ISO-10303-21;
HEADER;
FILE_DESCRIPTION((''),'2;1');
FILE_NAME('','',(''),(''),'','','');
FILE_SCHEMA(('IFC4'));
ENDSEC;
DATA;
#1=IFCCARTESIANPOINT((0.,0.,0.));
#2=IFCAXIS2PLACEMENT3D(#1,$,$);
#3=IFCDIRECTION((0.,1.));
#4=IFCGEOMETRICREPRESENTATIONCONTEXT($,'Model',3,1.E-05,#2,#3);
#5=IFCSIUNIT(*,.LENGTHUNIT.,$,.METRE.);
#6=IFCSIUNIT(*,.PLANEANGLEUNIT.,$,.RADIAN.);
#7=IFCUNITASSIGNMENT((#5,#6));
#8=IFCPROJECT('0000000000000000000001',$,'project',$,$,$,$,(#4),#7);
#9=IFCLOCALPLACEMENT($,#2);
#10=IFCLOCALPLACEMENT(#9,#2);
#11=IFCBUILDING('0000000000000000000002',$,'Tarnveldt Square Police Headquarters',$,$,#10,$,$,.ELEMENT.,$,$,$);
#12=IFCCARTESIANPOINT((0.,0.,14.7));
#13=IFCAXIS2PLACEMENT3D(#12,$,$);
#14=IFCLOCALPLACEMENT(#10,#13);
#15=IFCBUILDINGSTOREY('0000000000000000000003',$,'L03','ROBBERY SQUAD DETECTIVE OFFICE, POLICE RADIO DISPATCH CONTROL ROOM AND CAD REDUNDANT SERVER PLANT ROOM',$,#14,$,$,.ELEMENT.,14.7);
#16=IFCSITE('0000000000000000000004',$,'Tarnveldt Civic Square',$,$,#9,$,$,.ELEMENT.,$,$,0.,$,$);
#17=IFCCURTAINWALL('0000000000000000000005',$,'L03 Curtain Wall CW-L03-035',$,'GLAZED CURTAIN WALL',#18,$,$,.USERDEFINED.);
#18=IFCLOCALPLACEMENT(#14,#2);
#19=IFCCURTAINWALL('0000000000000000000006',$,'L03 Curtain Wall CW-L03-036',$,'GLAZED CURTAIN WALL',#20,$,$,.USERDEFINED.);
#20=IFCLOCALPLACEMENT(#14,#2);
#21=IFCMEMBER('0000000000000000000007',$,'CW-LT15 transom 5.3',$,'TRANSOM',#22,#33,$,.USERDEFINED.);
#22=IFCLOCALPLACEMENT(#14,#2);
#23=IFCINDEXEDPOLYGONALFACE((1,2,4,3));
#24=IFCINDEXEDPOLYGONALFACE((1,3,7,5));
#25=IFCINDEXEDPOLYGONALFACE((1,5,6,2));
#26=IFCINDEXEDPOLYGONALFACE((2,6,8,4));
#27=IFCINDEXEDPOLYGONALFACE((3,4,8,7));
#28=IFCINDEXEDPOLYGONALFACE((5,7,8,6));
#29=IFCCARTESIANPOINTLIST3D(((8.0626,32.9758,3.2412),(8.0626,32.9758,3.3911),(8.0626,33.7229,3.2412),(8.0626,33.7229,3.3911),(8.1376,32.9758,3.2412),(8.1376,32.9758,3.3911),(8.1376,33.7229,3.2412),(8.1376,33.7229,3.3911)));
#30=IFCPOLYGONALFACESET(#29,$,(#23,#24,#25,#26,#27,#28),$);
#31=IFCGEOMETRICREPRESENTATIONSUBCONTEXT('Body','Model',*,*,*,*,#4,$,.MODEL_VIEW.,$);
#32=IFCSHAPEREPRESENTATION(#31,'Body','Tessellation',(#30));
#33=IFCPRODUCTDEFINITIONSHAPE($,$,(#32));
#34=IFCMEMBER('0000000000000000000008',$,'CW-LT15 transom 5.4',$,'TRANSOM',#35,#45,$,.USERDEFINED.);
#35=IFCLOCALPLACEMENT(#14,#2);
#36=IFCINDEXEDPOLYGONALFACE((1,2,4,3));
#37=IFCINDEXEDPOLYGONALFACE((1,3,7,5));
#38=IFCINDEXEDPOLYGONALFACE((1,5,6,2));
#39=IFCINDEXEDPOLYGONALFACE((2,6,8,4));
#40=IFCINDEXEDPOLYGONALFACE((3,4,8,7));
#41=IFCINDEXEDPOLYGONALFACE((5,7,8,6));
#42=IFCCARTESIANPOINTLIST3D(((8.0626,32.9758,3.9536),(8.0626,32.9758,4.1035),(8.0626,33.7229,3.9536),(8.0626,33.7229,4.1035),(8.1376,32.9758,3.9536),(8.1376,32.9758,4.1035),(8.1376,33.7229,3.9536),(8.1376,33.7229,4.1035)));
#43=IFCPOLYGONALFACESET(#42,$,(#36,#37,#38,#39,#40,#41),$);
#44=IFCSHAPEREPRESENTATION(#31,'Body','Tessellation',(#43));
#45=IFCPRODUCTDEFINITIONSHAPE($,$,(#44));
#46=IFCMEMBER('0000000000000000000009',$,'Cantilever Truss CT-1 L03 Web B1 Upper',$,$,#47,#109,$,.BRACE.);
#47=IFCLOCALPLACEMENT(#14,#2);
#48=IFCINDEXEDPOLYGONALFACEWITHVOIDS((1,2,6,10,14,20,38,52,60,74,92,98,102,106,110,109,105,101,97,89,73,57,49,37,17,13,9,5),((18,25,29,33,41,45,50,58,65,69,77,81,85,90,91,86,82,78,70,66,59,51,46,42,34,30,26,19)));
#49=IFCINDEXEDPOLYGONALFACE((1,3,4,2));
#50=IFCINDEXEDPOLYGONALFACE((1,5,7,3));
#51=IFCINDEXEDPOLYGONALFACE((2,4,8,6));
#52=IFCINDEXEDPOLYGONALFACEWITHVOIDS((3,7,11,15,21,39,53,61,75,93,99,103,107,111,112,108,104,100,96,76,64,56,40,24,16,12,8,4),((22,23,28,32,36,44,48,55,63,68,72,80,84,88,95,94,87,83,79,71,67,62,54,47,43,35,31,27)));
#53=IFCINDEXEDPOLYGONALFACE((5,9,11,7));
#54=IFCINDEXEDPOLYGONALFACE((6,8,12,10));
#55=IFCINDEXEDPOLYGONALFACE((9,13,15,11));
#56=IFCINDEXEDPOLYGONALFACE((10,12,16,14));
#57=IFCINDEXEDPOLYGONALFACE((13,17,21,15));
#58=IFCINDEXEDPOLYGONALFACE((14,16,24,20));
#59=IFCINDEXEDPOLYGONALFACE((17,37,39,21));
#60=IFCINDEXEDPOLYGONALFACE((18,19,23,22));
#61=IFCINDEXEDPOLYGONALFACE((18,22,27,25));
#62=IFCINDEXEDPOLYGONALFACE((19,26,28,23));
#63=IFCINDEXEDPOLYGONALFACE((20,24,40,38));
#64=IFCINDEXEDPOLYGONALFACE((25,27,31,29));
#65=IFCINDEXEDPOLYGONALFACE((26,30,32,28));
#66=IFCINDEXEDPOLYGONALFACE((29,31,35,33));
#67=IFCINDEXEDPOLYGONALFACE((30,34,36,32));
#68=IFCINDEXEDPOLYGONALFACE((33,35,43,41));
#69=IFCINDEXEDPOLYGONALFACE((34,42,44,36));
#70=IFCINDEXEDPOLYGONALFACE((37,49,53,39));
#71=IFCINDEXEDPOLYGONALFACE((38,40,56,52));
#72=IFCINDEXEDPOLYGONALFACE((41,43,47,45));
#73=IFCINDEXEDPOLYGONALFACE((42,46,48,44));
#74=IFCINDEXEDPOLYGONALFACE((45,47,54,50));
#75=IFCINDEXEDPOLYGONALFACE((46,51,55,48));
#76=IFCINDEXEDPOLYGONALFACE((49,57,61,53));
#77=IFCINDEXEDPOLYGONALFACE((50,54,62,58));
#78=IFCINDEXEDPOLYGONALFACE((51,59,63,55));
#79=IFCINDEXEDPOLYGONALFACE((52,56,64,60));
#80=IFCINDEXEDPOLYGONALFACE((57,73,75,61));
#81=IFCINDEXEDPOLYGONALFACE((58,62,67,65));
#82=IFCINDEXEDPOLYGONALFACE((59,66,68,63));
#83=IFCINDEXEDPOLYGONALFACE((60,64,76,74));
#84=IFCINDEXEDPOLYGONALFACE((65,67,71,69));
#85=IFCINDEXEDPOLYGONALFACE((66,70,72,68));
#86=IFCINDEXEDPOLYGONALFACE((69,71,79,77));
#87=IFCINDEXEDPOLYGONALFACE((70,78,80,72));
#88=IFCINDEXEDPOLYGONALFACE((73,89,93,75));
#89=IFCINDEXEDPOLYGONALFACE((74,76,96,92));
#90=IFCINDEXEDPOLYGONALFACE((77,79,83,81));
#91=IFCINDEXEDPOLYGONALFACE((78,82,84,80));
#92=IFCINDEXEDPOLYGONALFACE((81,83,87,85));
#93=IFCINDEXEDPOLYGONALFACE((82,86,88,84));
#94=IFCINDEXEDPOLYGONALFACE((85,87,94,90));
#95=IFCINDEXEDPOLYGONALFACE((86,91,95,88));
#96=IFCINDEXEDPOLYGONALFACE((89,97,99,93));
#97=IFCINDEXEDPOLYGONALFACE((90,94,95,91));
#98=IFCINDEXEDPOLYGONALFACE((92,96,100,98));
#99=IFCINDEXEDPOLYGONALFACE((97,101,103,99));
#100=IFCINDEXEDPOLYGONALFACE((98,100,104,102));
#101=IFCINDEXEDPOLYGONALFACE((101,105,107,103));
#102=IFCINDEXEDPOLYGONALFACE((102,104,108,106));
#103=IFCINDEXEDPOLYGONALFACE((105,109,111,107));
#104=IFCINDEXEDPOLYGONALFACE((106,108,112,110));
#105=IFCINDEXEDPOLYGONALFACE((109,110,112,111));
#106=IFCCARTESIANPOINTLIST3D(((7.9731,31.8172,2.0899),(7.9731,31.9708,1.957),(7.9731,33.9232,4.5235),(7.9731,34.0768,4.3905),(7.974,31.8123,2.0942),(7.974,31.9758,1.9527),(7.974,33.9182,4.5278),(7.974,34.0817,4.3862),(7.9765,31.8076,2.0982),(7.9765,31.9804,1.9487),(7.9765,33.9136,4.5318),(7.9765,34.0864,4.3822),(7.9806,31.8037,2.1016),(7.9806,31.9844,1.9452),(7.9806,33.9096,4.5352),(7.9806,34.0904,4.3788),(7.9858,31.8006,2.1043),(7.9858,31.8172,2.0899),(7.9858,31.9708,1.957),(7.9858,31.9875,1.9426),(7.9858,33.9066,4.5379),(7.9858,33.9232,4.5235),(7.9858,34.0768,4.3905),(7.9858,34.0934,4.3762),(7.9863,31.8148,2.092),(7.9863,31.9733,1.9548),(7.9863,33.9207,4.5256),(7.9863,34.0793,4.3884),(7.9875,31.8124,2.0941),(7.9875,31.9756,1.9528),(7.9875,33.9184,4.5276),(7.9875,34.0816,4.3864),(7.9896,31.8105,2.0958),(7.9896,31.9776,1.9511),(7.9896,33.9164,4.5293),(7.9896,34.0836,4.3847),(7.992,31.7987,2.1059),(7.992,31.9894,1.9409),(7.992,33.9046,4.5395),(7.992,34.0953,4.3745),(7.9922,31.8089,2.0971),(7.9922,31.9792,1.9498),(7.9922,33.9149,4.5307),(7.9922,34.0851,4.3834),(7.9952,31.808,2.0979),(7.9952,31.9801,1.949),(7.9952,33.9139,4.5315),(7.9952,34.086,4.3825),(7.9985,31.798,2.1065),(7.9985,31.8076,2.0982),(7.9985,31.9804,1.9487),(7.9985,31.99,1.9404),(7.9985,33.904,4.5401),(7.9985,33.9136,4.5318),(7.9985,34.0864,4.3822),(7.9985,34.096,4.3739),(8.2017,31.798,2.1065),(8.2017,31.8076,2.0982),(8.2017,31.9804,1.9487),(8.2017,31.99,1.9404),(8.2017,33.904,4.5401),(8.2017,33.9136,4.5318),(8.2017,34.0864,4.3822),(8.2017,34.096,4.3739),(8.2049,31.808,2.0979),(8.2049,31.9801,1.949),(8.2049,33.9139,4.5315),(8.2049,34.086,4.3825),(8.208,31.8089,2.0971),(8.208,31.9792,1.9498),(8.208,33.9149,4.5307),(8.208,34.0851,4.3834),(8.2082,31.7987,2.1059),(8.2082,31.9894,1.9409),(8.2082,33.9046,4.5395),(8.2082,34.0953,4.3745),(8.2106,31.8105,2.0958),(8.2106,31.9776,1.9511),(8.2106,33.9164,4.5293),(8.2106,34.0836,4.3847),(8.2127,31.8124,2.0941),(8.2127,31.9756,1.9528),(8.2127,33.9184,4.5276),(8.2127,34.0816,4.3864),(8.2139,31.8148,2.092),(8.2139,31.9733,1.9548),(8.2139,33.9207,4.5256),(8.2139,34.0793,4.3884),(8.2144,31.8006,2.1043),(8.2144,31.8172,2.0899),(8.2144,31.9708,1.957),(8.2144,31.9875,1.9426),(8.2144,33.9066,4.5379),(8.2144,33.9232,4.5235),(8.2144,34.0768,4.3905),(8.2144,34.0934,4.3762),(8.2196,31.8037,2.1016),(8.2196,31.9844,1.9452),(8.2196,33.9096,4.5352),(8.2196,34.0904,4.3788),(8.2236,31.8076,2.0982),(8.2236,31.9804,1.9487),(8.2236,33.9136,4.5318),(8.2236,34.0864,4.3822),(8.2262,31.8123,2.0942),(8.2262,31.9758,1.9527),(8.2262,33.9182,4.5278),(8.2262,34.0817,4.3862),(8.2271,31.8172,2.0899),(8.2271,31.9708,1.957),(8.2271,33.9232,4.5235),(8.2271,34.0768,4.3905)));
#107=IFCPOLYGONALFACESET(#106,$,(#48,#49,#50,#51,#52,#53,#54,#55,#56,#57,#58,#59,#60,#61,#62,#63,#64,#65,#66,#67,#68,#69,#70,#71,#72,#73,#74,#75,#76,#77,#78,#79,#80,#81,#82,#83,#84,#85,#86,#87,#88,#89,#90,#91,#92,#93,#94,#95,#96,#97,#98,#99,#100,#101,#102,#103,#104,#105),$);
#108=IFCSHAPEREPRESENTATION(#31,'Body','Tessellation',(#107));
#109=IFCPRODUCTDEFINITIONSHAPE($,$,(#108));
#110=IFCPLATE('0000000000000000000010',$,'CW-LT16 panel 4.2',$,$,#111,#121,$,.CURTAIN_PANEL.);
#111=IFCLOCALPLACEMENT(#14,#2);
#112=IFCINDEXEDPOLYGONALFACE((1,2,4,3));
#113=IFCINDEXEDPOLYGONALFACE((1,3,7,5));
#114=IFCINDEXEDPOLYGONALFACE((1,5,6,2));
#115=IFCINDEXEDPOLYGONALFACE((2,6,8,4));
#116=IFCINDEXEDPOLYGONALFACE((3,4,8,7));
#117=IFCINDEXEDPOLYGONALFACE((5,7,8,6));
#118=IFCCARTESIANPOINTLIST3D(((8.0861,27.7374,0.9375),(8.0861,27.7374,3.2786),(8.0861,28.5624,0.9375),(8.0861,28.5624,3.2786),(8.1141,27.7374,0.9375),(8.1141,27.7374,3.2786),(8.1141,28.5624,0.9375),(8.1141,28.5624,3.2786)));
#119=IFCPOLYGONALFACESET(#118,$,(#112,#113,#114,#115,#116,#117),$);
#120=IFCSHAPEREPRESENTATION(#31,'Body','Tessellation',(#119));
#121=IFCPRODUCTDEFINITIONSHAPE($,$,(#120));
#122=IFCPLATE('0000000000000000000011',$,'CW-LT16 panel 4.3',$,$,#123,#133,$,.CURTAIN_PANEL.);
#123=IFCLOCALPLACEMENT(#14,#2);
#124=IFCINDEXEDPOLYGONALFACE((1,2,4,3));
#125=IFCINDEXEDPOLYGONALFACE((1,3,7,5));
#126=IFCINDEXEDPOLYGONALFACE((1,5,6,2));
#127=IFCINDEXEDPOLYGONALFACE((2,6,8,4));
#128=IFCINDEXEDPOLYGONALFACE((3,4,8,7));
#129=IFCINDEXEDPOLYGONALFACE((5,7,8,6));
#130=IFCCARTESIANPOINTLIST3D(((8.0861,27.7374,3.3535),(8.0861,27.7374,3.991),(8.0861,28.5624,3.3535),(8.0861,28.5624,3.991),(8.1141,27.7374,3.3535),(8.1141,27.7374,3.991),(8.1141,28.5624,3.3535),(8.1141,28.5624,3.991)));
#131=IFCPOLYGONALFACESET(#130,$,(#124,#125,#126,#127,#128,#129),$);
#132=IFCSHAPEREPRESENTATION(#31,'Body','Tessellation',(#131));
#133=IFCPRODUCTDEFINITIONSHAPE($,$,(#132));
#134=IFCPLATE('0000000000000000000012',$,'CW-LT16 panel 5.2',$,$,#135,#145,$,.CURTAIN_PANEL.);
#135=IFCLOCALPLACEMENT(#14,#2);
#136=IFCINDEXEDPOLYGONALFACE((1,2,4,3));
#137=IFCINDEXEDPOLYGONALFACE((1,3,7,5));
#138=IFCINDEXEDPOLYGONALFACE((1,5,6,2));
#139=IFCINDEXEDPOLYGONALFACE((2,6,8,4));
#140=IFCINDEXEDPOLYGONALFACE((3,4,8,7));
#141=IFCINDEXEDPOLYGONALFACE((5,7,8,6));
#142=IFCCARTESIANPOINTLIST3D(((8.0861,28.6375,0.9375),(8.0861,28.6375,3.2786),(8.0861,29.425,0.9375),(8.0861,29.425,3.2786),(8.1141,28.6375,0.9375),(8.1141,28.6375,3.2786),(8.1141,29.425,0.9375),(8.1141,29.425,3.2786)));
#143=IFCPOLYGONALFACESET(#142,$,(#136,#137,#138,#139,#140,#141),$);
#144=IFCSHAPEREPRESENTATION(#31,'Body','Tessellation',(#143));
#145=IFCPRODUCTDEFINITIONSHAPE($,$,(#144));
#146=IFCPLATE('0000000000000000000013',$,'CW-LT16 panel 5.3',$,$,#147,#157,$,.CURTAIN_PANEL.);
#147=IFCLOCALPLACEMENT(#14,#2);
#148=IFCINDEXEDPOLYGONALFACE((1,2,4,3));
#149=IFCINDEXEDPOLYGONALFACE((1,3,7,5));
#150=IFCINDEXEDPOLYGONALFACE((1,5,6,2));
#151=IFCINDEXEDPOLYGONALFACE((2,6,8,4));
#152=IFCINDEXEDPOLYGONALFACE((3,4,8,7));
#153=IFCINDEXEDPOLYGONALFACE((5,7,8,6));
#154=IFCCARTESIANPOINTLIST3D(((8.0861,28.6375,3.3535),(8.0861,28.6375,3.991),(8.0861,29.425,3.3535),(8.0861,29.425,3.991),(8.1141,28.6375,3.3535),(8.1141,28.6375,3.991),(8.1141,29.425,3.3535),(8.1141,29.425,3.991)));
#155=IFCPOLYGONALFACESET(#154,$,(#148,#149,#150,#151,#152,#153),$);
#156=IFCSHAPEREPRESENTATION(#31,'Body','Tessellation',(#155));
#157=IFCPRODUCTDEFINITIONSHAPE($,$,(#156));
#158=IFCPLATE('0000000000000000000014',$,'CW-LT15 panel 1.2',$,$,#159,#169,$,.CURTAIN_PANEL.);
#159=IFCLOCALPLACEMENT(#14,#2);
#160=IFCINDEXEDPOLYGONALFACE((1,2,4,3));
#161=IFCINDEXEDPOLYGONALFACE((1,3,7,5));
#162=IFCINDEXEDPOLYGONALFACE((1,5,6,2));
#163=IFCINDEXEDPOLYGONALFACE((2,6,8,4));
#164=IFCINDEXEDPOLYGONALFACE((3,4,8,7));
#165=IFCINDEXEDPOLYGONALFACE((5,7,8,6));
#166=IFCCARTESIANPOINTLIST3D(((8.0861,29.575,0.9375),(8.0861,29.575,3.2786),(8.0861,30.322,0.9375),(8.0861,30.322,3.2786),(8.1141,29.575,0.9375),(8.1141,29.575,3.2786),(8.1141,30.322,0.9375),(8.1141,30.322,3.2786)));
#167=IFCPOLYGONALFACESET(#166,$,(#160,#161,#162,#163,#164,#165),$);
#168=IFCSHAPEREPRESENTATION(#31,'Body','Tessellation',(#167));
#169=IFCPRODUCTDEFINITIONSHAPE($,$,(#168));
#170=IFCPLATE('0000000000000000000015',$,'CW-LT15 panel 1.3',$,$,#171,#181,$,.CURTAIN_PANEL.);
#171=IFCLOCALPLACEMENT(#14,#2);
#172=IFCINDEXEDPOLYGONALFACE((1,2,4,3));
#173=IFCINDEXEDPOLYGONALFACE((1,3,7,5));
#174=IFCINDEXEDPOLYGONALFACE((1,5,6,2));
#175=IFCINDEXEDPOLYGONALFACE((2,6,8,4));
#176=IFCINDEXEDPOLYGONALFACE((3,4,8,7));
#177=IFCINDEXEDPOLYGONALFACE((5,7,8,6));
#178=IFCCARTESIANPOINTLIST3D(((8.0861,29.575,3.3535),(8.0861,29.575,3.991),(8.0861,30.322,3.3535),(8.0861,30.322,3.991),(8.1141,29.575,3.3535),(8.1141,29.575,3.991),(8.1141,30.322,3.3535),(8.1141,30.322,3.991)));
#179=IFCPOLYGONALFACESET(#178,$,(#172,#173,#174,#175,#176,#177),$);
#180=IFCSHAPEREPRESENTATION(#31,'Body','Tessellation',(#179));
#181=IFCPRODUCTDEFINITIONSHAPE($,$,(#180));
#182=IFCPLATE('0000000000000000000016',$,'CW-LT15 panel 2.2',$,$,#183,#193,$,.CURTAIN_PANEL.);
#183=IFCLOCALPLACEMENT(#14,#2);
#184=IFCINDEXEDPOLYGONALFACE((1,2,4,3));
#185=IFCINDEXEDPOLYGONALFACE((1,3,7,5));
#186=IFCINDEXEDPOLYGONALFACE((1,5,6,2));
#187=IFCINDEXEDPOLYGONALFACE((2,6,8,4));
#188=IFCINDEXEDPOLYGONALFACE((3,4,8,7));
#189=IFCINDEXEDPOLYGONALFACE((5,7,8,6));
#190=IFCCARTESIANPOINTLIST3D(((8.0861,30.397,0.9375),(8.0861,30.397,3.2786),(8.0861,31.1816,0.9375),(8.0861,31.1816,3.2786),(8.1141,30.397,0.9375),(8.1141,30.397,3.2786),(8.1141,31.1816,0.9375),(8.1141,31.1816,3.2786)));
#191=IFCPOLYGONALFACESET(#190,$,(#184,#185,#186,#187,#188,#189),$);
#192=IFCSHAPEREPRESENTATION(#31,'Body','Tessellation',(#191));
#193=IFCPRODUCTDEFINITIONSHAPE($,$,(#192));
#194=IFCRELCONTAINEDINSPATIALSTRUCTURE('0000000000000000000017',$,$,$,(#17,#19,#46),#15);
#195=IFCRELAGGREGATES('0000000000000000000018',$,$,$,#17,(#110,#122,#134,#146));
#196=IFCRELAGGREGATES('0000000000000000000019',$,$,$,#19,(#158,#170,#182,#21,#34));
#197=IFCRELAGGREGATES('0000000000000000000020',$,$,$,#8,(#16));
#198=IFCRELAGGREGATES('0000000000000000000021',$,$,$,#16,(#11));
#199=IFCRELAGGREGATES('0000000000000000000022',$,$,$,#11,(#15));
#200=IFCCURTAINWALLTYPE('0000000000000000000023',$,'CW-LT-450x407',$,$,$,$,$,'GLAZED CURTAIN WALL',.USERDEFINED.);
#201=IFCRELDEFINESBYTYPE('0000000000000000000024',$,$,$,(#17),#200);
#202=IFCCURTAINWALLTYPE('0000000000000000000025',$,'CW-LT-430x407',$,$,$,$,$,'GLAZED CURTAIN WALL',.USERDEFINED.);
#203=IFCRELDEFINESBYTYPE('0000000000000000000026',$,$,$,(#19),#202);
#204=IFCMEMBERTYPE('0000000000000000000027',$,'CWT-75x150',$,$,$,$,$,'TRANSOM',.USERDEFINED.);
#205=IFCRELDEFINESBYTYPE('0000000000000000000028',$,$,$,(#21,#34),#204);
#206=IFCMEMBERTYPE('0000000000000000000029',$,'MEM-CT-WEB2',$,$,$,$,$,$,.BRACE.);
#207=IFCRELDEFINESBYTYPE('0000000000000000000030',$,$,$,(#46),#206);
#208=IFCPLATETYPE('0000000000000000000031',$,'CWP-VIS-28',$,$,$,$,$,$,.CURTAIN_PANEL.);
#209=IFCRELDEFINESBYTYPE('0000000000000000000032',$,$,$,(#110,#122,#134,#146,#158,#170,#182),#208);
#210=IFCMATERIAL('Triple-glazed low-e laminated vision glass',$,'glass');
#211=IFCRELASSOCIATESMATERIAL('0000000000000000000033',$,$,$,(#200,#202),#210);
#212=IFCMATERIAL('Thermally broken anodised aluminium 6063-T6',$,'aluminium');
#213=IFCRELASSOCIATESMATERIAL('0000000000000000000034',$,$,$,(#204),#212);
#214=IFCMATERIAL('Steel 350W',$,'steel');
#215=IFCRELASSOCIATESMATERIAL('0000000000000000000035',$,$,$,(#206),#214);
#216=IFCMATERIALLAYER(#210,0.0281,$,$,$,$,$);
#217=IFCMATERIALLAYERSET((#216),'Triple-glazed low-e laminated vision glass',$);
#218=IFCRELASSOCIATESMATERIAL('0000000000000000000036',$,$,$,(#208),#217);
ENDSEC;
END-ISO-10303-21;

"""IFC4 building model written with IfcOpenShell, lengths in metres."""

from ifc_helpers import new_model, si_unit, direction, frame, origin, origin_2d, place, context, subcontext, project, spatial, rectangle, hollow_rectangle, extrude, material, layer, layer_set, material_profile, profile_set, type_object, element, aggregate, save


model = new_model("IFC4")

# Units and contexts
model_context = context("Model", 3, precision=1e-05, world=origin(), true_north=direction((0.0, 1.0)))
body_context = subcontext(model_context, "Body", "Model", "MODEL_VIEW")
ifc_project = project(units=[si_unit("LENGTHUNIT", "METRE"), si_unit("PLANEANGLEUNIT", "RADIAN")], contexts=[model_context])

# Site, building, storey
site_placement = place(None, origin())
site = spatial("IfcSite", under=ifc_project, at=site_placement, Name="Tarnveldt Civic Square", CompositionType="ELEMENT", RefElevation=0.0)
building_placement = place(site_placement, origin())
building = spatial("IfcBuilding", under=site, at=building_placement, Name="Tarnveldt Square Police Headquarters", CompositionType="ELEMENT")
storey_placement = place(building_placement, frame((0.0, 0.0, 14.7)))
storey = spatial("IfcBuildingStorey", under=building, at=storey_placement, Name="L03", Description="ROBBERY SQUAD DETECTIVE OFFICE, POLICE RADIO DISPATCH CONTROL ROOM AND CAD REDUNDANT SERVER PLANT ROOM", CompositionType="ELEMENT", Elevation=14.7)

# Shared definitions
ifc_material_1 = material(Name="Steel 350W", Category="steel")

# Curtain walls, members
ifc_material_2 = material(Name="Triple-glazed low-e laminated vision glass", Category="glass")
curtain_wall_type_1 = type_object("IfcCurtainWallType", Name="CW-LT-450x407", ElementType="GLAZED CURTAIN WALL", PredefinedType="USERDEFINED", material=ifc_material_2)
curtain_wall_1_placement = place(storey_placement, origin())
curtain_wall_1 = element("IfcCurtainWall", 1, at=curtain_wall_1_placement, inside=storey, type_object=curtain_wall_type_1, Name="L03 Curtain Wall CW-L03-035", ObjectType="GLAZED CURTAIN WALL", PredefinedType="USERDEFINED")
ifc_material_3 = material(Name="Thermally broken anodised aluminium 6063-T6", Category="aluminium")
ifc_material_profile_1 = material_profile(ifc_material_3, rectangle(XDim=0.075, YDim=0.1499, at=origin_2d()), Name="CW-T75x150")
ifc_profile_set_1 = profile_set([ifc_material_profile_1], Name="Thermally broken anodised aluminium 6063-T6")
member_type_1 = type_object("IfcMemberType", Name="CWT-75x150", ElementType="TRANSOM", PredefinedType="USERDEFINED", material=ifc_profile_set_1)
curtain_wall_type_2 = type_object("IfcCurtainWallType", Name="CW-LT-430x407", ElementType="GLAZED CURTAIN WALL", PredefinedType="USERDEFINED", material=ifc_material_2)
curtain_wall_2_placement = place(storey_placement, origin())
curtain_wall_2 = element("IfcCurtainWall", 2, at=curtain_wall_2_placement, inside=storey, type_object=curtain_wall_type_2, Name="L03 Curtain Wall CW-L03-036", ObjectType="GLAZED CURTAIN WALL", PredefinedType="USERDEFINED")
member_1_placement = place(storey_placement, frame((8.1001, 32.9758, 3.3162), z_axis=(0.0, 1.0, 0.0), x_axis=(-1.0, 0.0, 0.0)))
member_1 = element("IfcMember", 3, at=member_1_placement, type_object=member_type_1, Name="CW-LT15 transom 5.3", ObjectType="TRANSOM", PredefinedType="USERDEFINED", context=body_context, shape_type="SweptSolid", body=[
    extrude(rectangle(XDim=0.075, YDim=0.1499, at=origin_2d()), origin(), (0.0, 0.0, 1.0), 0.7471),
])
member_2_placement = place(storey_placement, frame((8.1001, 32.9758, 4.0286), z_axis=(0.0, 1.0, 0.0), x_axis=(-1.0, 0.0, 0.0)))
member_2 = element("IfcMember", 4, at=member_2_placement, type_object=member_type_1, Name="CW-LT15 transom 5.4", ObjectType="TRANSOM", PredefinedType="USERDEFINED", context=body_context, shape_type="SweptSolid", body=[
    extrude(rectangle(XDim=0.075, YDim=0.1499, at=origin_2d()), origin(), (0.0, 0.0, 1.0), 0.7471),
])

# Member
ifc_material_profile_2 = material_profile(ifc_material_1, hollow_rectangle(XDim=0.2539, YDim=0.2539, WallThickness=0.0127, InnerFilletRadius=0.0127, OuterFilletRadius=0.0254, at=origin_2d()), Name="HSS254x254x13")
ifc_profile_set_2 = profile_set([ifc_material_profile_2], Name="Steel 350W")
member_type_2 = type_object("IfcMemberType", Name="MEM-CT-WEB2", PredefinedType="BRACE", material=ifc_profile_set_2)
member_3_placement = place(storey_placement, frame((8.1001, 31.894, 2.0234), z_axis=(0.0, 0.65437, 0.756174), x_axis=(-1.0, 0.0, 0.0)))
element("IfcMember", 5, at=member_3_placement, inside=storey, type_object=member_type_2, Name="Cantilever Truss CT-1 L03 Web B1 Upper", PredefinedType="BRACE", context=body_context, shape_type="SweptSolid", body=[
    extrude(hollow_rectangle(XDim=0.2539, YDim=0.2539, WallThickness=0.0127, InnerFilletRadius=0.0127, OuterFilletRadius=0.0254, at=origin_2d()), origin(), (0.0, 0.0, 1.0), 3.2183),
])

# Plates
ifc_layer_1 = layer(ifc_material_2, 0.0281)
ifc_layer_set_1 = layer_set([ifc_layer_1], Name="Triple-glazed low-e laminated vision glass")
plate_type_1 = type_object("IfcPlateType", Name="CWP-VIS-28", PredefinedType="CURTAIN_PANEL", material=ifc_layer_set_1)
plate_1_placement = place(storey_placement, frame((8.1001, 28.1499, 0.9375), z_axis=(0.0, 0.0, 1.0), x_axis=(0.0, 1.0, 0.0)))
plate_1 = element("IfcPlate", 6, at=plate_1_placement, type_object=plate_type_1, Name="CW-LT16 panel 4.2", PredefinedType="CURTAIN_PANEL", context=body_context, shape_type="SweptSolid", body=[
    extrude(rectangle(XDim=0.825, YDim=0.0281, at=origin_2d()), origin(), (0.0, 0.0, 1.0), 2.3411),
])
plate_2_placement = place(storey_placement, frame((8.1001, 28.1499, 3.3535), z_axis=(0.0, 0.0, 1.0), x_axis=(0.0, 1.0, 0.0)))
plate_2 = element("IfcPlate", 7, at=plate_2_placement, type_object=plate_type_1, Name="CW-LT16 panel 4.3", PredefinedType="CURTAIN_PANEL", context=body_context, shape_type="SweptSolid", body=[
    extrude(rectangle(XDim=0.825, YDim=0.0281, at=origin_2d()), origin(), (0.0, 0.0, 1.0), 0.6375),
])
plate_3_placement = place(storey_placement, frame((8.1001, 29.0312, 0.9375), z_axis=(0.0, 0.0, 1.0), x_axis=(0.0, 1.0, 0.0)))
plate_3 = element("IfcPlate", 8, at=plate_3_placement, type_object=plate_type_1, Name="CW-LT16 panel 5.2", PredefinedType="CURTAIN_PANEL", context=body_context, shape_type="SweptSolid", body=[
    extrude(rectangle(XDim=0.7876, YDim=0.0281, at=origin_2d()), origin(), (0.0, 0.0, 1.0), 2.3411),
])
plate_4_placement = place(storey_placement, frame((8.1001, 29.0312, 3.3535), z_axis=(0.0, 0.0, 1.0), x_axis=(0.0, 1.0, 0.0)))
plate_4 = element("IfcPlate", 9, at=plate_4_placement, type_object=plate_type_1, Name="CW-LT16 panel 5.3", PredefinedType="CURTAIN_PANEL", context=body_context, shape_type="SweptSolid", body=[
    extrude(rectangle(XDim=0.7876, YDim=0.0281, at=origin_2d()), origin(), (0.0, 0.0, 1.0), 0.6375),
])
aggregate(curtain_wall_1, [plate_1, plate_2, plate_3, plate_4])
plate_5_placement = place(storey_placement, frame((8.1001, 29.9485, 0.9375), z_axis=(0.0, 0.0, 1.0), x_axis=(0.0, 1.0, 0.0)))
plate_5 = element("IfcPlate", 10, at=plate_5_placement, type_object=plate_type_1, Name="CW-LT15 panel 1.2", PredefinedType="CURTAIN_PANEL", context=body_context, shape_type="SweptSolid", body=[
    extrude(rectangle(XDim=0.7471, YDim=0.0281, at=origin_2d()), origin(), (0.0, 0.0, 1.0), 2.3411),
])
plate_6_placement = place(storey_placement, frame((8.1001, 29.9485, 3.3535), z_axis=(0.0, 0.0, 1.0), x_axis=(0.0, 1.0, 0.0)))
plate_6 = element("IfcPlate", 11, at=plate_6_placement, type_object=plate_type_1, Name="CW-LT15 panel 1.3", PredefinedType="CURTAIN_PANEL", context=body_context, shape_type="SweptSolid", body=[
    extrude(rectangle(XDim=0.7471, YDim=0.0281, at=origin_2d()), origin(), (0.0, 0.0, 1.0), 0.6375),
])
plate_7_placement = place(storey_placement, frame((8.1001, 30.7893, 0.9375), z_axis=(0.0, 0.0, 1.0), x_axis=(0.0, 1.0, 0.0)))
plate_7 = element("IfcPlate", 12, at=plate_7_placement, type_object=plate_type_1, Name="CW-LT15 panel 2.2", PredefinedType="CURTAIN_PANEL", context=body_context, shape_type="SweptSolid", body=[
    extrude(rectangle(XDim=0.7847, YDim=0.0281, at=origin_2d()), origin(), (0.0, 0.0, 1.0), 2.3411),
])
aggregate(curtain_wall_2, [plate_5, plate_6, plate_7, member_1, member_2])

save(model, "model.ifc")
